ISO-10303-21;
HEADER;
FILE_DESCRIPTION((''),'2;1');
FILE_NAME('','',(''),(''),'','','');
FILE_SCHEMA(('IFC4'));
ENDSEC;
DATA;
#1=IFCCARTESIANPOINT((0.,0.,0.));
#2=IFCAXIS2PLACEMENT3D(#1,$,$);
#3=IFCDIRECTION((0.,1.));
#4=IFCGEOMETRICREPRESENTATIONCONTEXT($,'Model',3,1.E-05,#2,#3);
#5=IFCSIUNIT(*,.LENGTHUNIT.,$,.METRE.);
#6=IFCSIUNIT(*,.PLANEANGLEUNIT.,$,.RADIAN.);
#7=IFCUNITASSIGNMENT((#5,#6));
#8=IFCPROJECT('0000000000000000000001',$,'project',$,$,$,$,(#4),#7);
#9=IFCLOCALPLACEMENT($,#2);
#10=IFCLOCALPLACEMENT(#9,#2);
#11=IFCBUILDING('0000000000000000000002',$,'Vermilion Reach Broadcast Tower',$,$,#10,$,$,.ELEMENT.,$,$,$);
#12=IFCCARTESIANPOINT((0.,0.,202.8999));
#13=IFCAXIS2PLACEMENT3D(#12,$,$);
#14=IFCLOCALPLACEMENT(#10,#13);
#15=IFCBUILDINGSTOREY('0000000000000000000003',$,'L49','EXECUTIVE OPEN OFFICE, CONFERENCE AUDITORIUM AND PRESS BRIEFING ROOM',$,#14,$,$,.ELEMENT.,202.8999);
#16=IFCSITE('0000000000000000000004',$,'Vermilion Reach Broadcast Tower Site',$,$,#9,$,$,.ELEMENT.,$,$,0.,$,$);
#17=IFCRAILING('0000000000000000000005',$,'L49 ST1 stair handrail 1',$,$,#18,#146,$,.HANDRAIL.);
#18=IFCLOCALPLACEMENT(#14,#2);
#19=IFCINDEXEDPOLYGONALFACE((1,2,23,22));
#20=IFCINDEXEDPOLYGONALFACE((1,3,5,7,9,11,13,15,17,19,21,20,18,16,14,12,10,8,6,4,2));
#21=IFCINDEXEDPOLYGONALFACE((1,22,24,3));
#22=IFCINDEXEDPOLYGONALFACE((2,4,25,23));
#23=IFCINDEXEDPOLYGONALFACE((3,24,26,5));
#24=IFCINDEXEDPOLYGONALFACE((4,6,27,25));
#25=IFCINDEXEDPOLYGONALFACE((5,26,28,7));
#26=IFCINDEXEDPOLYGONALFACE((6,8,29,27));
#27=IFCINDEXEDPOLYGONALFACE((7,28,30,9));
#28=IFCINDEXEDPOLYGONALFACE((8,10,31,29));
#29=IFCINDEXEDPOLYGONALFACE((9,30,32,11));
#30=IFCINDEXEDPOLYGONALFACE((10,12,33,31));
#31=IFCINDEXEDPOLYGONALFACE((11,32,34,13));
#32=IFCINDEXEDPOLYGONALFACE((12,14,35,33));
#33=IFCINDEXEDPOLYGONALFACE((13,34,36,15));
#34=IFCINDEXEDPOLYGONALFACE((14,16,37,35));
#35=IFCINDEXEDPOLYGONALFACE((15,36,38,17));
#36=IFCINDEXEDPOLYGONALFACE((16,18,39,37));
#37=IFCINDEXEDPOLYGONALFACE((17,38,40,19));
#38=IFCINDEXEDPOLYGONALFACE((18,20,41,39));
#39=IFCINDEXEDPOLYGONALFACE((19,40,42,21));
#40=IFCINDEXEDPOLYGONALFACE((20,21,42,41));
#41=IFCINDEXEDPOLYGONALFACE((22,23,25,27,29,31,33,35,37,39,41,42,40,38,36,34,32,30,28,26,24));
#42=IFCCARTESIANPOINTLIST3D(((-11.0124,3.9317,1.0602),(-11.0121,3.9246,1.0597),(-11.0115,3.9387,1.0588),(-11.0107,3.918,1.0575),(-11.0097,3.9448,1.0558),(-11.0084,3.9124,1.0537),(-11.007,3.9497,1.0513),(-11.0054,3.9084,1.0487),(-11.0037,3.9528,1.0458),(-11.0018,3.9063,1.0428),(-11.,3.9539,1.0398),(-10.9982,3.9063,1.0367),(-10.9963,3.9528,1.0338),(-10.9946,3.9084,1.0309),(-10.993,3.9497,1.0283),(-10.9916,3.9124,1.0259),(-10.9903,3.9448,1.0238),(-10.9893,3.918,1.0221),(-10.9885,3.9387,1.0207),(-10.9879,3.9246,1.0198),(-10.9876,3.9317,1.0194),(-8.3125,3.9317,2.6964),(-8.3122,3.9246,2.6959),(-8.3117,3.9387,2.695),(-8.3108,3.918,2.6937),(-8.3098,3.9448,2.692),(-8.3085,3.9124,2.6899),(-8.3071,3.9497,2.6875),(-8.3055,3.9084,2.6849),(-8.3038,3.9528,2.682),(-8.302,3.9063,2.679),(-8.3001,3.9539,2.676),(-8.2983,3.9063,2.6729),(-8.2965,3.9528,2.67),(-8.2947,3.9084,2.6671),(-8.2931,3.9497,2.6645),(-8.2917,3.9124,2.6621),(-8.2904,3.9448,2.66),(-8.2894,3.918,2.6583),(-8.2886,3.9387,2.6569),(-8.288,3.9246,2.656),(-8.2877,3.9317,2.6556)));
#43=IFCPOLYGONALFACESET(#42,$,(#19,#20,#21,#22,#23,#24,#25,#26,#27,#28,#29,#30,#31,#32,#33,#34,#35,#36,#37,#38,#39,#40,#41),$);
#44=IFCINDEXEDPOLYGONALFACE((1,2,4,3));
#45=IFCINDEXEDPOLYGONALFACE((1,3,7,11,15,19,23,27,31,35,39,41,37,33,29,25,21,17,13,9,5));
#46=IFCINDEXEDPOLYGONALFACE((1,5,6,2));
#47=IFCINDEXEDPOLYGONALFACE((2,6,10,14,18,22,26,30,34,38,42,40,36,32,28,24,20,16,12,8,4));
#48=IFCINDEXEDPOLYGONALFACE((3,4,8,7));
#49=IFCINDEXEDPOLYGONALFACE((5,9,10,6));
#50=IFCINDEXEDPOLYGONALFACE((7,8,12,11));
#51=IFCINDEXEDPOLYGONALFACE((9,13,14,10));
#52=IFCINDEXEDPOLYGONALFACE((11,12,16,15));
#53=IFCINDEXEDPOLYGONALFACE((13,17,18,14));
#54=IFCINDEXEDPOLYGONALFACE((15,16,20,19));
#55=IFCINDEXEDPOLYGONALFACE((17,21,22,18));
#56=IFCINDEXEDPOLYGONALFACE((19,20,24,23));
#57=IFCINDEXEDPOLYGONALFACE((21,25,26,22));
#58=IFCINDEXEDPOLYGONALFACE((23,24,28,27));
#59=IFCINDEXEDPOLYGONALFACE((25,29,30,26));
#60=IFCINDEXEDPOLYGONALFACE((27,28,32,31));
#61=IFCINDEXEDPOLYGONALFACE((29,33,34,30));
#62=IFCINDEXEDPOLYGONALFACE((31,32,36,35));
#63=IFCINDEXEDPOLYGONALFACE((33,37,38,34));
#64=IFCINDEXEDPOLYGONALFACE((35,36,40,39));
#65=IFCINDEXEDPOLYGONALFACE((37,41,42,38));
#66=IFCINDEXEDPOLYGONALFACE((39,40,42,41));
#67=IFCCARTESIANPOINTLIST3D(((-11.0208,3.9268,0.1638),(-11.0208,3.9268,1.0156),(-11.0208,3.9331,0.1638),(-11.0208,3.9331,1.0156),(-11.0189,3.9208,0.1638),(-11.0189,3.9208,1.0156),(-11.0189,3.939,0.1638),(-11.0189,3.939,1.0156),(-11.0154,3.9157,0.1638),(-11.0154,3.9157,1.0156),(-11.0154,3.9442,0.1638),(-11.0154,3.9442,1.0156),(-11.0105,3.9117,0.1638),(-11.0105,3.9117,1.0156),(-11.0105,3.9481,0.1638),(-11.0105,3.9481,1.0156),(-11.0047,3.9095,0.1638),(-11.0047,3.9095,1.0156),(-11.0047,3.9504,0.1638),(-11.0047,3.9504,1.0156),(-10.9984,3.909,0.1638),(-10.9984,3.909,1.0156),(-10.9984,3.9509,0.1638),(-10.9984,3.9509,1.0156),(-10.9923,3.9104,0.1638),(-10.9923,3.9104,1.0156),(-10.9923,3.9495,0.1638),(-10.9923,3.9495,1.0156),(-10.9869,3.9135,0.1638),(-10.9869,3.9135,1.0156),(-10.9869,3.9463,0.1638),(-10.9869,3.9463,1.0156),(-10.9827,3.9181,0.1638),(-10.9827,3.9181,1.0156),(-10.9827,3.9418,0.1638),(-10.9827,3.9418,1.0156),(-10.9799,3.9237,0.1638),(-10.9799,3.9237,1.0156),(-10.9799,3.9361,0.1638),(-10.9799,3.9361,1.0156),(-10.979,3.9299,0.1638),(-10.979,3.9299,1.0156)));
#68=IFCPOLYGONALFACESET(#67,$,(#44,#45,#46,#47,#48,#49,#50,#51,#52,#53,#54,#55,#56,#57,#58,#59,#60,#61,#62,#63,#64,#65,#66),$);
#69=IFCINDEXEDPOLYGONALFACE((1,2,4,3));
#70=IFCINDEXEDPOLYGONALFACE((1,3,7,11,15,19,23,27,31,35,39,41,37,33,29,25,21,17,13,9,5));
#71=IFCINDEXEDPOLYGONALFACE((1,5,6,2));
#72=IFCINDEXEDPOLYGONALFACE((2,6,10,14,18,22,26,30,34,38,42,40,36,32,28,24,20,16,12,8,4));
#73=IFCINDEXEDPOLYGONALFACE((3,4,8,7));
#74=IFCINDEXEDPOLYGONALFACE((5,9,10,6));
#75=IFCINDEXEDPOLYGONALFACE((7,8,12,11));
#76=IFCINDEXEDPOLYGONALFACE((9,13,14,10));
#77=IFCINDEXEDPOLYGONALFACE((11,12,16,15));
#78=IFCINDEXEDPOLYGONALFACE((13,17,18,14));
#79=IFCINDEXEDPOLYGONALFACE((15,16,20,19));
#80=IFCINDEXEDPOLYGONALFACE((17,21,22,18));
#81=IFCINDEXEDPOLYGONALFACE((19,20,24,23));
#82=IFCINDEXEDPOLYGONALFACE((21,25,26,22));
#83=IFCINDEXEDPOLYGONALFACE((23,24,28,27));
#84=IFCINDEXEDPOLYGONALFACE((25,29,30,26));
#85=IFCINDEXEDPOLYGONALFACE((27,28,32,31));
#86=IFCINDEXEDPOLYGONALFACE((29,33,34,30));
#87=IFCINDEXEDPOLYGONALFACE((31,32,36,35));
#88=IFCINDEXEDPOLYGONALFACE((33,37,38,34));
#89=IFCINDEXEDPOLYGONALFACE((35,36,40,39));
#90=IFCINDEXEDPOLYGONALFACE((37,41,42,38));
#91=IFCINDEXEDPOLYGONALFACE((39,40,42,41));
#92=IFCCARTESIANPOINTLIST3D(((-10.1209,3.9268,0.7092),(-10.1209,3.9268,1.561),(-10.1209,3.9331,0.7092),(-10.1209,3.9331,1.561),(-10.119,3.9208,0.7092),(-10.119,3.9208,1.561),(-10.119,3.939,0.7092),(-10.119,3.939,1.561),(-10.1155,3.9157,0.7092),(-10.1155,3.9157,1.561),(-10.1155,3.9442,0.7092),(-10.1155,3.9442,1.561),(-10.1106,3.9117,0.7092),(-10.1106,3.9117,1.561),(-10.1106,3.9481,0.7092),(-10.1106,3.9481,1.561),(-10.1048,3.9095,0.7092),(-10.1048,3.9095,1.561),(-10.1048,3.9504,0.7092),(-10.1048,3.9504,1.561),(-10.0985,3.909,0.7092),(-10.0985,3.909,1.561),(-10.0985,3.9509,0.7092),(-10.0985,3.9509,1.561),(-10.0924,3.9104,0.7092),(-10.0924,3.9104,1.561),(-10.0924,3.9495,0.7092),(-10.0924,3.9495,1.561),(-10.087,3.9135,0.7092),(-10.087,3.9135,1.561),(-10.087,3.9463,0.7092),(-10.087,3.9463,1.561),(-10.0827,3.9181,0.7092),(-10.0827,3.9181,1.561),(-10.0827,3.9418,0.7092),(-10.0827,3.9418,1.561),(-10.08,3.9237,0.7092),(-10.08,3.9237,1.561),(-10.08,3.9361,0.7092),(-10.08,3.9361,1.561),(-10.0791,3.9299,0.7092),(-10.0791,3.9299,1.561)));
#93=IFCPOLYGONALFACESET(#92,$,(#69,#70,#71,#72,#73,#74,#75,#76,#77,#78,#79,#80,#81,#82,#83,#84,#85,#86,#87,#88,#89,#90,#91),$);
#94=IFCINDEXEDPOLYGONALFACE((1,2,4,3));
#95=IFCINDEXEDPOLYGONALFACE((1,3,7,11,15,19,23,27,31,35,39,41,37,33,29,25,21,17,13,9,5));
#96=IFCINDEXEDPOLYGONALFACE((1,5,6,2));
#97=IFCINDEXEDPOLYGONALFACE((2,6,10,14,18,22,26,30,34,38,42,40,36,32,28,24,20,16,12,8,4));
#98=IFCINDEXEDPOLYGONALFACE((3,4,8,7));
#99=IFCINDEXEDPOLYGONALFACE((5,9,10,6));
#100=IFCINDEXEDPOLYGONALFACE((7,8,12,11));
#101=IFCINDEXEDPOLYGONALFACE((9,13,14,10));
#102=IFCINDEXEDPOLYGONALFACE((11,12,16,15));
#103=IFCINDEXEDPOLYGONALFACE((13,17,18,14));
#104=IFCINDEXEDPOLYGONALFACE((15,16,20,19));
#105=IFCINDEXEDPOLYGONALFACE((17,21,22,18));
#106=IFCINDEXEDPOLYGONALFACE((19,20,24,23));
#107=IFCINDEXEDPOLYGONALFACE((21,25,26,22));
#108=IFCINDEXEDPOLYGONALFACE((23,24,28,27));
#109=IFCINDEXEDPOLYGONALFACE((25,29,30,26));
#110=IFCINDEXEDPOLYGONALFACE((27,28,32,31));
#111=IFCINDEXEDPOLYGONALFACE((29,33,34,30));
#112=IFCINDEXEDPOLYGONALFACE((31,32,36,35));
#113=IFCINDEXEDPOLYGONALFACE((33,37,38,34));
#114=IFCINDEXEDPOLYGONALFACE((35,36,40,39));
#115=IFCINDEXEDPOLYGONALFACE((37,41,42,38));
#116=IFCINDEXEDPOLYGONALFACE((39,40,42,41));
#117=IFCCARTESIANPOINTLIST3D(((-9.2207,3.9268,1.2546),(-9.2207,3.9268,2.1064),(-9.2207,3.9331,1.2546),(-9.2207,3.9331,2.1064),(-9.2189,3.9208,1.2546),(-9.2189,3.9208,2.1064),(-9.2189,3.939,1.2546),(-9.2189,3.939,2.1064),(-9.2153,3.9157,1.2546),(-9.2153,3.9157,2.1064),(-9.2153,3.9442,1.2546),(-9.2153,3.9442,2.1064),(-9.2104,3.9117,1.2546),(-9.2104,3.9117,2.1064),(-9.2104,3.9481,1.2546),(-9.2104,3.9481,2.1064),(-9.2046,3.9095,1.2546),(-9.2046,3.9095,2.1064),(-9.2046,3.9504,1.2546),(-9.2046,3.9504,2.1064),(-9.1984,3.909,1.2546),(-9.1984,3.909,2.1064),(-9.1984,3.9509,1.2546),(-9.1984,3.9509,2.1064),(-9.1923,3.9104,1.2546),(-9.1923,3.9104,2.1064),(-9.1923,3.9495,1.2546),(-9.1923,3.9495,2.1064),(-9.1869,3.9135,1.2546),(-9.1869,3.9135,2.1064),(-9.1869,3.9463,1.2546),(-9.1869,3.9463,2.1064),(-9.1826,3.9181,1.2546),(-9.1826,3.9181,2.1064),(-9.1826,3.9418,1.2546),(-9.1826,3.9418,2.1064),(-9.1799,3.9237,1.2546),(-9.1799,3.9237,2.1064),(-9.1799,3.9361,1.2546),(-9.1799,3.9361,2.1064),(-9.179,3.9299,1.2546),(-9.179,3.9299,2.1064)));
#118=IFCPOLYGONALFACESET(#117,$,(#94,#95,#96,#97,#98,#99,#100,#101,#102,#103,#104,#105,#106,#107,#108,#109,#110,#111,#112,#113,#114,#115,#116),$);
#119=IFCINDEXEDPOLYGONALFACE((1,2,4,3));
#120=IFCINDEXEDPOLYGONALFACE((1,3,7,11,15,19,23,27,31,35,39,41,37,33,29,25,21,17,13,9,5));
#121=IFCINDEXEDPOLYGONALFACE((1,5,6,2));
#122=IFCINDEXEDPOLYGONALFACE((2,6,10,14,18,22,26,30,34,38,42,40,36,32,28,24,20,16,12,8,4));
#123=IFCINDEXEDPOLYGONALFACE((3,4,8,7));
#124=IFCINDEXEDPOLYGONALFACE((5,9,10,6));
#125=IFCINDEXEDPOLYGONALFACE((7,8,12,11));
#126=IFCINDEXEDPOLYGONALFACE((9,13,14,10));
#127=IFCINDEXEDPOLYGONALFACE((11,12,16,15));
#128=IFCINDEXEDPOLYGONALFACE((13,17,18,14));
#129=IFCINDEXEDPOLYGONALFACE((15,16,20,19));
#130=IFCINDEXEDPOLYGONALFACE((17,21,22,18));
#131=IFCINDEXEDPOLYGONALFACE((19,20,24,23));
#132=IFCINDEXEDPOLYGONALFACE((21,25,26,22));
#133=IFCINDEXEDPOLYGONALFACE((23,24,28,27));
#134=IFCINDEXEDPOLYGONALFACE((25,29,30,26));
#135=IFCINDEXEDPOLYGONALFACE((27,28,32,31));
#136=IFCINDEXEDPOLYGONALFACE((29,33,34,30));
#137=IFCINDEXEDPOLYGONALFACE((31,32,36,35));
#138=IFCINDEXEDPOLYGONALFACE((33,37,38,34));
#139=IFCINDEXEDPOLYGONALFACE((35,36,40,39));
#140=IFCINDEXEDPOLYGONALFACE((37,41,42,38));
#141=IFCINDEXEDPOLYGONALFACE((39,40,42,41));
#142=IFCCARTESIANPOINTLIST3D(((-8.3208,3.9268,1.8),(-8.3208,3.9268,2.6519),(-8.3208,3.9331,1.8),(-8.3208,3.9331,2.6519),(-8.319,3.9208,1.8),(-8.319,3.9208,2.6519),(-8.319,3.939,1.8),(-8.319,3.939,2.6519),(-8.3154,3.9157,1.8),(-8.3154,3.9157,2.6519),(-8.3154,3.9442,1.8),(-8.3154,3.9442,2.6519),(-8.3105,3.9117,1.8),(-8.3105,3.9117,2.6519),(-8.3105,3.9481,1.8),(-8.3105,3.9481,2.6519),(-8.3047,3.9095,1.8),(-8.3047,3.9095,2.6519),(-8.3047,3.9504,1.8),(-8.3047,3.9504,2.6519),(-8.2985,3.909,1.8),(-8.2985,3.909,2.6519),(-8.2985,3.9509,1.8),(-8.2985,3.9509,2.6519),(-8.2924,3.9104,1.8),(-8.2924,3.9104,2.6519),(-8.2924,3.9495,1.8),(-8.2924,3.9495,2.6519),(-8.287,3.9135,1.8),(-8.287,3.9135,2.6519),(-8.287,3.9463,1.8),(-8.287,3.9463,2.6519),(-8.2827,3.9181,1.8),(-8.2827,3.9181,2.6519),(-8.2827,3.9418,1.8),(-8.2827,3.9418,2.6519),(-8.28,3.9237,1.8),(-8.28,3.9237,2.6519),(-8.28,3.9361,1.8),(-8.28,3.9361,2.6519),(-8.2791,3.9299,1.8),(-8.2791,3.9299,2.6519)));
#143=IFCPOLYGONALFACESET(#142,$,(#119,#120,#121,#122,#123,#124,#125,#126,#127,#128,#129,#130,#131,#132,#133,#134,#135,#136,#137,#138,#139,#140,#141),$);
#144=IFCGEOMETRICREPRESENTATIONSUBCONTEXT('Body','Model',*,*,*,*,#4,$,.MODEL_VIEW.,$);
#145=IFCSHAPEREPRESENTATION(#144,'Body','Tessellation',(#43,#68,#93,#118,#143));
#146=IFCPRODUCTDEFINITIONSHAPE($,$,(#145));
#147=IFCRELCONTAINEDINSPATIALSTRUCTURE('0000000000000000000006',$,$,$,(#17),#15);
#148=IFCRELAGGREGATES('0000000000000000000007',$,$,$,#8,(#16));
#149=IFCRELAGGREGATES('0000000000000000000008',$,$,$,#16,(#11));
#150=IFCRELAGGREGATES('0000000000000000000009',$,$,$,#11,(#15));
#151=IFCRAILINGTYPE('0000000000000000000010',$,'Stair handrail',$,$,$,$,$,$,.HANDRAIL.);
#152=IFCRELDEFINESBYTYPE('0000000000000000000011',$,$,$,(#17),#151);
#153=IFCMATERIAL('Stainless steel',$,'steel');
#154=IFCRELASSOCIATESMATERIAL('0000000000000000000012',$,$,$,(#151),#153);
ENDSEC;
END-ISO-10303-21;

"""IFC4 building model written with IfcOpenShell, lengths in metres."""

from ifc_helpers import new_model, si_unit, direction, frame, origin, origin_2d, place, context, subcontext, project, spatial, circle, extrude, material, type_object, element, save


model = new_model("IFC4")

# Units and contexts
model_context = context("Model", 3, precision=1e-05, world=origin(), true_north=direction((0.0, 1.0)))
body_context = subcontext(model_context, "Body", "Model", "MODEL_VIEW")
ifc_project = project(units=[si_unit("LENGTHUNIT", "METRE"), si_unit("PLANEANGLEUNIT", "RADIAN")], contexts=[model_context])

# Site, building, storey
site_placement = place(None, origin())
site = spatial("IfcSite", under=ifc_project, at=site_placement, Name="Vermilion Reach Broadcast Tower Site", CompositionType="ELEMENT", RefElevation=0.0)
building_placement = place(site_placement, origin())
building = spatial("IfcBuilding", under=site, at=building_placement, Name="Vermilion Reach Broadcast Tower", CompositionType="ELEMENT")
storey_placement = place(building_placement, frame((0.0, 0.0, 202.8999)))
storey = spatial("IfcBuildingStorey", under=building, at=storey_placement, Name="L49", Description="EXECUTIVE OPEN OFFICE, CONFERENCE AUDITORIUM AND PRESS BRIEFING ROOM", CompositionType="ELEMENT", Elevation=202.8999)

# Railing
ifc_material_1 = material(Name="Stainless steel", Category="steel")
railing_type_1 = type_object("IfcRailingType", Name="Stair handrail", PredefinedType="HANDRAIL", material=ifc_material_1)
railing_1_placement = place(storey_placement, frame((-11.0, 3.9299, 0.1638)))
element("IfcRailing", 1, at=railing_1_placement, inside=storey, type_object=railing_type_1, Name="L49 ST1 stair handrail 1", PredefinedType="HANDRAIL", context=body_context, shape_type="SweptSolid", body=[
    extrude(circle(Radius=0.0239, at=origin_2d()), frame((0.0, 0.0, 0.876), z_axis=(0.855212, 0.0, 0.518278), x_axis=(0.0, 1.0, 0.0)), (0.0, 0.0, 1.0), 3.157),
    extrude(circle(Radius=0.021, at=origin_2d()), origin(), (0.0, 0.0, 1.0), 0.8518),
    extrude(circle(Radius=0.021, at=origin_2d()), frame((0.8999, 0.0, 0.5454)), (0.0, 0.0, 1.0), 0.8518),
    extrude(circle(Radius=0.021, at=origin_2d()), frame((1.8, 0.0, 1.0908)), (0.0, 0.0, 1.0), 0.8518),
    extrude(circle(Radius=0.021, at=origin_2d()), frame((2.7, 0.0, 1.6362)), (0.0, 0.0, 1.0), 0.8518),
])

save(model, "model.ifc")
